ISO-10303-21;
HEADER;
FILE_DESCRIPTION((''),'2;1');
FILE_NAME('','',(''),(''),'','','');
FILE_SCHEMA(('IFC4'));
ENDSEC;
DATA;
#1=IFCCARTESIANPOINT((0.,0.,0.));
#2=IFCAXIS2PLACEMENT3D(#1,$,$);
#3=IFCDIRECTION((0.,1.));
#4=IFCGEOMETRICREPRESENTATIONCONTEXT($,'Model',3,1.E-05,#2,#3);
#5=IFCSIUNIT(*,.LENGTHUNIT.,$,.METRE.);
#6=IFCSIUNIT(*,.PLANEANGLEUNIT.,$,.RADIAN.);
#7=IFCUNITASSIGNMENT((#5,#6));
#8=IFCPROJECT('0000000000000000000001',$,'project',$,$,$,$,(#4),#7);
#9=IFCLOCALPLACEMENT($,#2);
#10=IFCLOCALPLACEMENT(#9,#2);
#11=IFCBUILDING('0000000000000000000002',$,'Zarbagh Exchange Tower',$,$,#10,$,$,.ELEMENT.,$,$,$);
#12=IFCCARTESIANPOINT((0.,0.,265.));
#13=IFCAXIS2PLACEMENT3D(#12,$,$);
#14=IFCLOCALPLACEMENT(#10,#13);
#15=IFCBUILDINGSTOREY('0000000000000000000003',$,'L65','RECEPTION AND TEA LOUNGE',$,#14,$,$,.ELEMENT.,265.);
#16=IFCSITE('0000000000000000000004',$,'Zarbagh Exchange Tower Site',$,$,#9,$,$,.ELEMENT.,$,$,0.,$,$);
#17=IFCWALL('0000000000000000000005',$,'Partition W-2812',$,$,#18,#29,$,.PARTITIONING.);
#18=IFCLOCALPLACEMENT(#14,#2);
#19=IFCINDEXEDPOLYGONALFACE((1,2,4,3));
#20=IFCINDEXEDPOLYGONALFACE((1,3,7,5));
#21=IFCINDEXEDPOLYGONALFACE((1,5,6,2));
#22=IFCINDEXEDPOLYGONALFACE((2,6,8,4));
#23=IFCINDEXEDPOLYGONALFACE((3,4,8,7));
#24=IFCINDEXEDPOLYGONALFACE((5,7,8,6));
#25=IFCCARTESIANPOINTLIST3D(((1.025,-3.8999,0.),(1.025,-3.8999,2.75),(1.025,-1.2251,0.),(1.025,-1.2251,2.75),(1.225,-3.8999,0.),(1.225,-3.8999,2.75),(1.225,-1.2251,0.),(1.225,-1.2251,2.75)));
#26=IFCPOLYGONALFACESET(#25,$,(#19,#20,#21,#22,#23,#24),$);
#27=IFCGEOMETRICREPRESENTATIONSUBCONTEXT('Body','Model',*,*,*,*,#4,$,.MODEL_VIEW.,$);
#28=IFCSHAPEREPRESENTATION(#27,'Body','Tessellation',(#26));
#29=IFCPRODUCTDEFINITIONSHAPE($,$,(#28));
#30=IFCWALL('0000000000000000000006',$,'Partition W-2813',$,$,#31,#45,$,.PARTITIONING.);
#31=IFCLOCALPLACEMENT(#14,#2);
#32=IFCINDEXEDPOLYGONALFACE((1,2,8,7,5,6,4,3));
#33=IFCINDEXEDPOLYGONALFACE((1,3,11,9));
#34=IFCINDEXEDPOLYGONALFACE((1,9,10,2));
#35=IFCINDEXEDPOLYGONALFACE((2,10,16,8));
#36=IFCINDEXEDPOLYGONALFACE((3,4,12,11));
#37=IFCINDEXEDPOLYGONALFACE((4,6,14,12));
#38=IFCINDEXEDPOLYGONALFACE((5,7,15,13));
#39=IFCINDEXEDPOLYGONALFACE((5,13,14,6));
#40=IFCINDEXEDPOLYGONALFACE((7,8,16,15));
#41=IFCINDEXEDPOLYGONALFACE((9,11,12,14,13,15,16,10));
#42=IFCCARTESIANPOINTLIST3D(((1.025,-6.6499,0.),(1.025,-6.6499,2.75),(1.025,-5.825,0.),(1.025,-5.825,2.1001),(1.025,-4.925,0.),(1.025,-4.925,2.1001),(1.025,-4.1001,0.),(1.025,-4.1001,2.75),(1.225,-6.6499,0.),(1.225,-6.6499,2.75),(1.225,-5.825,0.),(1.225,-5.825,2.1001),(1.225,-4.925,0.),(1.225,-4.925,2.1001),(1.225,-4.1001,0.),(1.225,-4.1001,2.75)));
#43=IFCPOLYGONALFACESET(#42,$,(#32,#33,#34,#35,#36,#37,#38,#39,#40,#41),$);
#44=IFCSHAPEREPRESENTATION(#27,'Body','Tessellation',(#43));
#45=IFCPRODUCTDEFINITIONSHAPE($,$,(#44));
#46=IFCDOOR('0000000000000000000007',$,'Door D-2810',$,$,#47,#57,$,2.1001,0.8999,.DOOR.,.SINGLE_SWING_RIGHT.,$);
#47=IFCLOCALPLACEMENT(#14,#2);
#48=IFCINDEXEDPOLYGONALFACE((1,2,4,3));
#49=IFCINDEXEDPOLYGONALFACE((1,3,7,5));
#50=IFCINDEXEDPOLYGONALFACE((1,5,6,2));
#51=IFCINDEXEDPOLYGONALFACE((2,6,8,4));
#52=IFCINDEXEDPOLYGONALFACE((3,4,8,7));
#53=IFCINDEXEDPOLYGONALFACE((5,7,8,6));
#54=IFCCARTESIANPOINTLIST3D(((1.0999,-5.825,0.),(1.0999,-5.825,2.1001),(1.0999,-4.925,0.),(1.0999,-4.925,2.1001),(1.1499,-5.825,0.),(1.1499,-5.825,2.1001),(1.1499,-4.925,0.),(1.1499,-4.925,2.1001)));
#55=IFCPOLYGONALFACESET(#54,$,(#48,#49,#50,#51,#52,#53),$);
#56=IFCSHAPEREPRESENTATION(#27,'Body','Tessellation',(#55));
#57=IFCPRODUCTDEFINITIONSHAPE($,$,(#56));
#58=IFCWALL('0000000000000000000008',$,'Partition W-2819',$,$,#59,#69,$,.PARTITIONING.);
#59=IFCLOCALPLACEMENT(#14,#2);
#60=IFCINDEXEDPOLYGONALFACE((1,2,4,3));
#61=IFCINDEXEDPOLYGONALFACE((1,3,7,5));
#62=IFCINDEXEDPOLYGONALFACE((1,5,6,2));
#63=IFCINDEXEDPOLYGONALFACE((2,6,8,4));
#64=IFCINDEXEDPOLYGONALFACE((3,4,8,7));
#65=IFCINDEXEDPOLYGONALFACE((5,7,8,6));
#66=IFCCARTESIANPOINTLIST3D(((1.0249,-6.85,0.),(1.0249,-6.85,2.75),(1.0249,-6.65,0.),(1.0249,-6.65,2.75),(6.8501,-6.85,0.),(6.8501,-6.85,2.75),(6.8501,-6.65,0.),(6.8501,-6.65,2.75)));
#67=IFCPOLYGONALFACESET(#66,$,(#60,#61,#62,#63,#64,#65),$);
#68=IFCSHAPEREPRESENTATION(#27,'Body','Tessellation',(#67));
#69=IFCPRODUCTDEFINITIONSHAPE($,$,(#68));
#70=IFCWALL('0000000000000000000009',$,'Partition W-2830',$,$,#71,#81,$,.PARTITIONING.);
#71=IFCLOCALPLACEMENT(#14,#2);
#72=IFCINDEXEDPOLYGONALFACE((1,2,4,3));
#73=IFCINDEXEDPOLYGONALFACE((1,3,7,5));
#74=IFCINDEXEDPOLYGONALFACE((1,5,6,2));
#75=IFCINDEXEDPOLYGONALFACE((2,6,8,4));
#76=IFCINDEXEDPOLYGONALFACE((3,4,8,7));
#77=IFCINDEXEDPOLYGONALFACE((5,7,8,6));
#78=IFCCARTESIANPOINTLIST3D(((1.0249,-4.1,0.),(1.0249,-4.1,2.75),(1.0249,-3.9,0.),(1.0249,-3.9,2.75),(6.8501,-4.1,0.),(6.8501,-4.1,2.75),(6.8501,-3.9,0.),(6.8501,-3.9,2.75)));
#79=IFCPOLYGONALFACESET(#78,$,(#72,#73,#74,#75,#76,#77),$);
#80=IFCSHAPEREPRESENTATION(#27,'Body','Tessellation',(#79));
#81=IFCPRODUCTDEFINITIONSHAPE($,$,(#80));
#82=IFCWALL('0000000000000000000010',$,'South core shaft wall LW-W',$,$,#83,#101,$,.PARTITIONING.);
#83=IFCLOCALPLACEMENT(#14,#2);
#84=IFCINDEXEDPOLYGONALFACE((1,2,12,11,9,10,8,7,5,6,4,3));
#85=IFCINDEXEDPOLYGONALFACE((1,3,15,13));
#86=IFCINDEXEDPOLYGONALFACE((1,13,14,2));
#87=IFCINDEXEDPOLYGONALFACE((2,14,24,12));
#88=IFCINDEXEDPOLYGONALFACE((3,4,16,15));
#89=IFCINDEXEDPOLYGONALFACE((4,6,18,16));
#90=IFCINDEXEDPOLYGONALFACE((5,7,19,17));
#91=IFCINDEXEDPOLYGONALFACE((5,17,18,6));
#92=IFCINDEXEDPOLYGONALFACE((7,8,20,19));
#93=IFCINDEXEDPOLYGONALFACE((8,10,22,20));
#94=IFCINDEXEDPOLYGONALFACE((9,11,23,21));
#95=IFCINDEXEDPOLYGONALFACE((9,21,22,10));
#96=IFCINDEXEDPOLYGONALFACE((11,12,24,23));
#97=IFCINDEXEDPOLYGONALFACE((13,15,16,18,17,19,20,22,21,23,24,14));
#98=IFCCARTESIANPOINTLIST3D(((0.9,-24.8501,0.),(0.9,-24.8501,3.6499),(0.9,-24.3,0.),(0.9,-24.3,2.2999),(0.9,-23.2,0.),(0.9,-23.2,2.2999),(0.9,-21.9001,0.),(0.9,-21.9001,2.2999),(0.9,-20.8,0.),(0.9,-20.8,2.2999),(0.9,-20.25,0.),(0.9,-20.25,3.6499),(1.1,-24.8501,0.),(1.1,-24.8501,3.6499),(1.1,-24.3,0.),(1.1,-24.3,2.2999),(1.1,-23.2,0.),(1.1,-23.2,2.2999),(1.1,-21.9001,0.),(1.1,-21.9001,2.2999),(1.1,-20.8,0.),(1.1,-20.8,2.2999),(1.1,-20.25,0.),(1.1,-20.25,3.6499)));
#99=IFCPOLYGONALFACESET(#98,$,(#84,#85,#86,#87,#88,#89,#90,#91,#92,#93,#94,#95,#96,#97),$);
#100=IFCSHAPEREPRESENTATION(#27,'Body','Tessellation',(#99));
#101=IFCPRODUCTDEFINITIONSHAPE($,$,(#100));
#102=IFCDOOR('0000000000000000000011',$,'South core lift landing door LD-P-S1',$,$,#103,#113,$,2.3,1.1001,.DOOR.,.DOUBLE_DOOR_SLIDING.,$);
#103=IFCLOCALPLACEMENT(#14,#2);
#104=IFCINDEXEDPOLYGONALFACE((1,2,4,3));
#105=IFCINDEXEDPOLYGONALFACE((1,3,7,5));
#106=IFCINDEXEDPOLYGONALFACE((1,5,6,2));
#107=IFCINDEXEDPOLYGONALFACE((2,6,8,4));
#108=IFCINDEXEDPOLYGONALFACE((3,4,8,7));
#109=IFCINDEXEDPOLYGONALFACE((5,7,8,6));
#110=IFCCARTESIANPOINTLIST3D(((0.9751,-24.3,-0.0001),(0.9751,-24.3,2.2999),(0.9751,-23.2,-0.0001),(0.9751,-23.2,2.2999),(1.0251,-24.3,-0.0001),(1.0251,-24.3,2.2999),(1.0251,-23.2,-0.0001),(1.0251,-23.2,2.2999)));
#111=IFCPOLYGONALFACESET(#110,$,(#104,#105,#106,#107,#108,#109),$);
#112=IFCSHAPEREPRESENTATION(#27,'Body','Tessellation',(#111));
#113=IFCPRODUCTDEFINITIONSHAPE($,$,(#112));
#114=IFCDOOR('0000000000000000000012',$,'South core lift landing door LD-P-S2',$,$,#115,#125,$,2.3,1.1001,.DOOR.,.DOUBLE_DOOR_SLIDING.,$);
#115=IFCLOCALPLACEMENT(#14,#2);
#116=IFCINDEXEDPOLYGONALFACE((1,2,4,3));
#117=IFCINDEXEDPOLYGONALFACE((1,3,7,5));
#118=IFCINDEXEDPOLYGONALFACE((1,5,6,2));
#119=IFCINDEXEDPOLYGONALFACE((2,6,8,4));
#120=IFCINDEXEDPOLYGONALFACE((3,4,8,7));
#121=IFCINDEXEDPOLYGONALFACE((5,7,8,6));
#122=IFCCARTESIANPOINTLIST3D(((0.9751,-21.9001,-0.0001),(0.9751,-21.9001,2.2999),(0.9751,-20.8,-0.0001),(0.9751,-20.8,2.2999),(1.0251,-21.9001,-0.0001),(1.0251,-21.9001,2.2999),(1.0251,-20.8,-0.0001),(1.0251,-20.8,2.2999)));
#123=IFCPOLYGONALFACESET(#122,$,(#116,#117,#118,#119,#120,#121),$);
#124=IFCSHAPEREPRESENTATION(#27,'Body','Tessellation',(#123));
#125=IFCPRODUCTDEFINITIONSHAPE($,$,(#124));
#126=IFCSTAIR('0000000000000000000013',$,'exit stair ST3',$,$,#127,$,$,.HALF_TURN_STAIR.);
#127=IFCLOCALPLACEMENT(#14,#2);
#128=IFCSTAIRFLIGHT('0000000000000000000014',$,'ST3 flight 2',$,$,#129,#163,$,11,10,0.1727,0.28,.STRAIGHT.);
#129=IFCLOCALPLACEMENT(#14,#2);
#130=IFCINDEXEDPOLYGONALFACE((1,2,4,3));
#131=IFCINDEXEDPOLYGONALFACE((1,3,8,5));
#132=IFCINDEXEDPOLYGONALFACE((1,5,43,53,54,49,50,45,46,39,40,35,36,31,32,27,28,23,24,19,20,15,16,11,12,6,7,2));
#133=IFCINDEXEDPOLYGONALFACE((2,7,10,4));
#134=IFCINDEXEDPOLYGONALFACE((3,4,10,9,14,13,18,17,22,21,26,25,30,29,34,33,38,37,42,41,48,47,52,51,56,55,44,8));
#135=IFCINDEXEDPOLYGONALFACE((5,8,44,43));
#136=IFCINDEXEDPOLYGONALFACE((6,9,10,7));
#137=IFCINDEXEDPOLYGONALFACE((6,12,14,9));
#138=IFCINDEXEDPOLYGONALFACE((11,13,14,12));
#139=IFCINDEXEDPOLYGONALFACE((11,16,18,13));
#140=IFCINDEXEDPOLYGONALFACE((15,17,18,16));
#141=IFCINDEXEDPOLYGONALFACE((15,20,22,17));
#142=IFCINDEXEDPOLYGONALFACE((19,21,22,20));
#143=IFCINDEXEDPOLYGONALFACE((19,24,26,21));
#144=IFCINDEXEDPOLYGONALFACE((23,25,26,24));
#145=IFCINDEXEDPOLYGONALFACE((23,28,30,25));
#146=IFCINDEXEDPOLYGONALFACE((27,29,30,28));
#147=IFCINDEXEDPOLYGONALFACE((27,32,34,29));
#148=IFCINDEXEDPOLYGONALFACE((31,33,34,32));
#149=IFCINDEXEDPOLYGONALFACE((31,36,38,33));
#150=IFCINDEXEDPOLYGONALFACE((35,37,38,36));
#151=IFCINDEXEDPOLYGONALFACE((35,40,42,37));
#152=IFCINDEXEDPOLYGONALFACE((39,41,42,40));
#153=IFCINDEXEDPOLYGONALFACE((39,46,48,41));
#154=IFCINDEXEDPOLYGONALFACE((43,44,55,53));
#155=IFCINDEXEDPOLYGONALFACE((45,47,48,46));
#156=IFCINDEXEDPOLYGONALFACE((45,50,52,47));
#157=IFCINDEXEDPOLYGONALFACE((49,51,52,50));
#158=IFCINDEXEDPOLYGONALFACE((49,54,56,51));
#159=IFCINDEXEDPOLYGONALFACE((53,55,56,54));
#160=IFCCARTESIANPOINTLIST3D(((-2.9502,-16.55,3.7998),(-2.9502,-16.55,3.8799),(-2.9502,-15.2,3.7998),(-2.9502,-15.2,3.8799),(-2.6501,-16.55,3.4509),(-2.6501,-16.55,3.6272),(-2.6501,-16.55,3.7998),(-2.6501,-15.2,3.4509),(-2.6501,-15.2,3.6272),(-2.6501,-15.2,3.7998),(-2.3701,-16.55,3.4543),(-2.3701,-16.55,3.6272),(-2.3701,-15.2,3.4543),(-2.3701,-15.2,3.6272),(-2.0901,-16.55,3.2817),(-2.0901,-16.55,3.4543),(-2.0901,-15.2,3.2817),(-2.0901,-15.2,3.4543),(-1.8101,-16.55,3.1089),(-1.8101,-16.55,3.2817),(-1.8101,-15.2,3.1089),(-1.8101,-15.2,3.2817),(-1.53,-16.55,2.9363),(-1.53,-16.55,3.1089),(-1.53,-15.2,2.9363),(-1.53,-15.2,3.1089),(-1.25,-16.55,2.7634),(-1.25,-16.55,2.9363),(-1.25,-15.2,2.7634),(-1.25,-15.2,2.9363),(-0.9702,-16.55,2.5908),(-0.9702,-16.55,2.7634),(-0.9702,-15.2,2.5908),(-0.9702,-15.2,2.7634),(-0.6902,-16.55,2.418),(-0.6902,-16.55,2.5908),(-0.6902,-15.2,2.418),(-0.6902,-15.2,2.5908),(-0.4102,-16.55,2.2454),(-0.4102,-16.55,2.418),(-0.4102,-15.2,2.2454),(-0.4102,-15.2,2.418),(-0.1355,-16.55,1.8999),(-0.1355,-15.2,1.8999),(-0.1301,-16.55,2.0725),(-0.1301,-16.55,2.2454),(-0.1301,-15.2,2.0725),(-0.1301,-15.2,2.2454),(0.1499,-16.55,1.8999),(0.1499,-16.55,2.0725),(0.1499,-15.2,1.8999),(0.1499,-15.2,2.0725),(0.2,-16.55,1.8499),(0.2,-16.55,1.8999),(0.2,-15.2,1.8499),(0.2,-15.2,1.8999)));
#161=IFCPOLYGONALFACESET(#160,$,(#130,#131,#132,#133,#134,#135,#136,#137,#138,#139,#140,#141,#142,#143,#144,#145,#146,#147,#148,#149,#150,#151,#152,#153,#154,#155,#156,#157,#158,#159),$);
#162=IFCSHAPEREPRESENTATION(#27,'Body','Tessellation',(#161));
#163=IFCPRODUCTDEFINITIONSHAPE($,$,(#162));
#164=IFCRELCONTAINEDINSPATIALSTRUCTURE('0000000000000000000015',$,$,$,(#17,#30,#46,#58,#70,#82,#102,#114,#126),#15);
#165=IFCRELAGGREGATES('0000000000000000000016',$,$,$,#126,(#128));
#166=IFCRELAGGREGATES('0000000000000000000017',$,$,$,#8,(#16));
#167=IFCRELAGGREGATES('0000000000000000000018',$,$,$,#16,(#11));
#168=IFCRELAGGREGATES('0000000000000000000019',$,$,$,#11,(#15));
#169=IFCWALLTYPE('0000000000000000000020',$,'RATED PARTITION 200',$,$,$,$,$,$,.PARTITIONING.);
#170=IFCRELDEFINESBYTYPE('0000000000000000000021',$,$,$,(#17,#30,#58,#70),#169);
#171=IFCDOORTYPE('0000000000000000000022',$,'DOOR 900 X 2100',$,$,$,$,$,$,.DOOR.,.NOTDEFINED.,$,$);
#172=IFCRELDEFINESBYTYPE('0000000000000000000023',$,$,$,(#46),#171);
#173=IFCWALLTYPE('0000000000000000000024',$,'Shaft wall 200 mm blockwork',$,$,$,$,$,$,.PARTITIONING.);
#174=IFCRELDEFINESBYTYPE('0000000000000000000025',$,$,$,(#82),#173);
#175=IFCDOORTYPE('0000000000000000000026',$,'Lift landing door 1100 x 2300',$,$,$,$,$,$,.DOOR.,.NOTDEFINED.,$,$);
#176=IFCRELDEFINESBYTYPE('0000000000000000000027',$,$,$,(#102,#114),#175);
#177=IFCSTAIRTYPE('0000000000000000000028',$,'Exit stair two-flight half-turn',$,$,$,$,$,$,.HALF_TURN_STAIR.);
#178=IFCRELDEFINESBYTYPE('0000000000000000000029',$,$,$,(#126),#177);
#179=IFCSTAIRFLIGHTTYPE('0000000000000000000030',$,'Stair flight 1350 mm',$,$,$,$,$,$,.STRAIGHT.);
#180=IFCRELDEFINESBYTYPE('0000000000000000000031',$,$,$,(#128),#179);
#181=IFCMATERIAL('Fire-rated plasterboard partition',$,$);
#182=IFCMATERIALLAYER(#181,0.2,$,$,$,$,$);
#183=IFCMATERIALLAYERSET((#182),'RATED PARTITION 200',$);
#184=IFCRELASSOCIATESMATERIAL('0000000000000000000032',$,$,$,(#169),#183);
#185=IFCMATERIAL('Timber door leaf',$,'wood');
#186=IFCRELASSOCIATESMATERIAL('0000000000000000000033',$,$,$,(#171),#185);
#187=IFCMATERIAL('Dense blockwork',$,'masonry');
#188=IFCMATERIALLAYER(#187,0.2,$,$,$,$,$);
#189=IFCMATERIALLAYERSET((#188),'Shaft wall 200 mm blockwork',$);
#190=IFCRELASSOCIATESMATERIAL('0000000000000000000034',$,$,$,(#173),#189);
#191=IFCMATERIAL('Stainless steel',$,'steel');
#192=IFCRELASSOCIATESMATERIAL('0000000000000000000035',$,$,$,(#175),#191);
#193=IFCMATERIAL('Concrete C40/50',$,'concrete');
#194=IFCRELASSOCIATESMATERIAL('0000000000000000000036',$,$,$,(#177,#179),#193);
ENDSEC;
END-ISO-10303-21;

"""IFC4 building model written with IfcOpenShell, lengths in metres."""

from ifc_helpers import new_model, si_unit, direction, frame, frame_2d, origin, place, context, subcontext, project, spatial, polyline, rectangle, outline, extrude, material, layer, layer_set, type_object, element, fill, aggregate, save


model = new_model("IFC4")

# Units and contexts
model_context = context("Model", 3, precision=1e-05, world=origin(), true_north=direction((0.0, 1.0)))
body_context = subcontext(model_context, "Body", "Model", "MODEL_VIEW")
ifc_project = project(units=[si_unit("LENGTHUNIT", "METRE"), si_unit("PLANEANGLEUNIT", "RADIAN")], contexts=[model_context])

# Site, building, storey
site_placement = place(None, origin())
site = spatial("IfcSite", under=ifc_project, at=site_placement, Name="Zarbagh Exchange Tower Site", CompositionType="ELEMENT", RefElevation=0.0)
building_placement = place(site_placement, origin())
building = spatial("IfcBuilding", under=site, at=building_placement, Name="Zarbagh Exchange Tower", CompositionType="ELEMENT")
storey_placement = place(building_placement, frame((0.0, 0.0, 265.0)))
storey = spatial("IfcBuildingStorey", under=building, at=storey_placement, Name="L65", Description="RECEPTION AND TEA LOUNGE", CompositionType="ELEMENT", Elevation=265.0)

# Wall
ifc_material_1 = material(Name="Fire-rated plasterboard partition")
ifc_layer_1 = layer(ifc_material_1, 0.2)
ifc_layer_set_1 = layer_set([ifc_layer_1], Name="RATED PARTITION 200")
wall_type_1 = type_object("IfcWallType", Name="RATED PARTITION 200", PredefinedType="PARTITIONING", material=ifc_layer_set_1)
wall_1_placement = place(storey_placement, frame((1.125, -3.8999, 0.0), z_axis=(0.0, 0.0, 1.0), x_axis=(0.0, 1.0, 0.0)))
element("IfcWall", 1, at=wall_1_placement, inside=storey, type_object=wall_type_1, Name="Partition W-2812", PredefinedType="PARTITIONING", context=body_context, shape_type="SweptSolid", body=[
    extrude(rectangle(XDim=2.6748, YDim=0.2, at=frame_2d((1.3374, 0.0))), origin(), (0.0, 0.0, 1.0), 2.75),
])

# Wall, opening, door
wall_2_placement = place(storey_placement, frame((1.125, -4.1001, 0.0), z_axis=(0.0, 0.0, 1.0), x_axis=(0.0, -1.0, 0.0)))
wall_2 = element("IfcWall", 2, at=wall_2_placement, inside=storey, type_object=wall_type_1, Name="Partition W-2813", PredefinedType="PARTITIONING", context=body_context, shape_type="SweptSolid", body=[
    extrude(rectangle(XDim=2.5498, YDim=0.2, at=frame_2d((1.2749, 0.0))), origin(), (0.0, 0.0, 1.0), 2.75),
])
opening_1_placement = place(wall_2_placement, frame((0.825, 0.0, 0.0)))
opening_1 = element("IfcOpeningElement", 3, at=opening_1_placement, cuts=wall_2, PredefinedType="OPENING", context=body_context, shape_type="SweptSolid", body=[
    extrude(rectangle(XDim=0.8999, YDim=2.1001, at=frame_2d((0.45, 1.05))), frame((0.0, 0.1099, 0.0), z_axis=(0.0, -1.0, 0.0), x_axis=(1.0, 0.0, 0.0)), (0.0, 0.0, 1.0), 0.22),
])
ifc_material_2 = material(Name="Timber door leaf", Category="wood")
door_type_1 = type_object("IfcDoorType", Name="DOOR 900 X 2100", OperationType="NOTDEFINED", PredefinedType="DOOR", material=ifc_material_2)
door_1_placement = place(opening_1_placement, origin())
door_1 = element("IfcDoor", 4, at=door_1_placement, inside=storey, type_object=door_type_1, Name="Door D-2810", OperationType="SINGLE_SWING_RIGHT", OverallHeight=2.1001, OverallWidth=0.8999, PredefinedType="DOOR", context=body_context, shape_type="SweptSolid", body=[
    extrude(rectangle(XDim=0.8999, YDim=2.1001, at=frame_2d((0.45, 1.05))), frame((0.0, 0.0249, 0.0), z_axis=(0.0, -1.0, 0.0), x_axis=(1.0, 0.0, 0.0)), (0.0, 0.0, 1.0), 0.05),
])
fill(opening_1, door_1)

# Walls
for number, where, z_axis, x_axis, name in (
    (5, (1.0249, -6.75, 0.0), (0.0, 0.0, 1.0), (1.0, 0.0, 0.0), "Partition W-2819"),
    (6, (1.0249, -4.0, 0.0), (0.0, 0.0, 1.0), (1.0, 0.0, 0.0), "Partition W-2830"),
):
    element("IfcWall", number, at=place(storey_placement, frame(where, z_axis=z_axis, x_axis=x_axis)), inside=storey, type_object=wall_type_1, Name=name, PredefinedType="PARTITIONING", context=body_context, shape_type="SweptSolid", body=[
        extrude(rectangle(XDim=5.8252, YDim=0.2, at=frame_2d((2.9126, 0.0))), origin(), (0.0, 0.0, 1.0), 2.75),
    ])

# Wall, openings, doors
ifc_material_3 = material(Name="Dense blockwork", Category="masonry")
ifc_layer_2 = layer(ifc_material_3, 0.2)
ifc_layer_set_2 = layer_set([ifc_layer_2], Name="Shaft wall 200 mm blockwork")
wall_type_2 = type_object("IfcWallType", Name="Shaft wall 200 mm blockwork", PredefinedType="PARTITIONING", material=ifc_layer_set_2)
wall_3_placement = place(storey_placement, frame((1.0, -24.8501, 0.0), z_axis=(0.0, 0.0, 1.0), x_axis=(0.0, 1.0, 0.0)))
wall_3 = element("IfcWall", 7, at=wall_3_placement, inside=storey, type_object=wall_type_2, Name="South core shaft wall LW-W", PredefinedType="PARTITIONING", context=body_context, shape_type="SweptSolid", body=[
    extrude(rectangle(XDim=4.6001, YDim=0.2, at=frame_2d((2.3, 0.0))), origin(), (0.0, 0.0, 1.0), 3.6499),
])
opening_2_placement = place(wall_3_placement, frame((0.55, 0.0, 0.0)))
opening_2 = element("IfcOpeningElement", 8, at=opening_2_placement, cuts=wall_3, PredefinedType="OPENING", context=body_context, shape_type="SweptSolid", body=[
    extrude(rectangle(XDim=1.1001, YDim=2.3, at=frame_2d((0.55, 1.1499))), frame((0.0, 0.1099, 0.0), z_axis=(0.0, -1.0, 0.0), x_axis=(1.0, 0.0, 0.0)), (0.0, 0.0, 1.0), 0.22),
])
opening_3_placement = place(wall_3_placement, frame((2.95, 0.0, 0.0)))
opening_3 = element("IfcOpeningElement", 9, at=opening_3_placement, cuts=wall_3, PredefinedType="OPENING", context=body_context, shape_type="SweptSolid", body=[
    extrude(rectangle(XDim=1.1001, YDim=2.3, at=frame_2d((0.55, 1.1499))), frame((0.0, 0.1099, 0.0), z_axis=(0.0, -1.0, 0.0), x_axis=(1.0, 0.0, 0.0)), (0.0, 0.0, 1.0), 0.22),
])
ifc_material_4 = material(Name="Stainless steel", Category="steel")
door_type_2 = type_object("IfcDoorType", Name="Lift landing door 1100 x 2300", OperationType="NOTDEFINED", PredefinedType="DOOR", material=ifc_material_4)
door_2_placement = place(opening_2_placement, origin())
door_2 = element("IfcDoor", 10, at=door_2_placement, inside=storey, type_object=door_type_2, Name="South core lift landing door LD-P-S1", OperationType="DOUBLE_DOOR_SLIDING", OverallHeight=2.3, OverallWidth=1.1001, PredefinedType="DOOR", context=body_context, shape_type="SweptSolid", body=[
    extrude(rectangle(XDim=1.1001, YDim=2.3, at=frame_2d((0.55, 1.1499))), frame((0.0, 0.0249, 0.0), z_axis=(0.0, -1.0, 0.0), x_axis=(1.0, 0.0, 0.0)), (0.0, 0.0, 1.0), 0.05),
])
fill(opening_2, door_2)
door_3_placement = place(opening_3_placement, origin())
door_3 = element("IfcDoor", 11, at=door_3_placement, inside=storey, type_object=door_type_2, Name="South core lift landing door LD-P-S2", OperationType="DOUBLE_DOOR_SLIDING", OverallHeight=2.3, OverallWidth=1.1001, PredefinedType="DOOR", context=body_context, shape_type="SweptSolid", body=[
    extrude(rectangle(XDim=1.1001, YDim=2.3, at=frame_2d((0.55, 1.1499))), frame((0.0, 0.0249, 0.0), z_axis=(0.0, -1.0, 0.0), x_axis=(1.0, 0.0, 0.0)), (0.0, 0.0, 1.0), 0.05),
])
fill(opening_3, door_3)

# Stair, stair flight
ifc_material_5 = material(Name="Concrete C40/50", Category="concrete")
stair_type = type_object("IfcStairType", Name="Exit stair two-flight half-turn", PredefinedType="HALF_TURN_STAIR", material=ifc_material_5)
stair_1_placement = place(storey_placement, origin())
stair_1 = element("IfcStair", 12, at=stair_1_placement, inside=storey, type_object=stair_type, Name="exit stair ST3", PredefinedType="HALF_TURN_STAIR")
stair_flight_type_1 = type_object("IfcStairFlightType", Name="Stair flight 1350 mm", PredefinedType="STRAIGHT", material=ifc_material_5)
stair_flight_1_placement = place(storey_placement, frame((0.1499, -15.875, 1.8999), z_axis=(0.0, 0.0, 1.0), x_axis=(-1.0, 0.0, 0.0)))
stair_flight_1 = element("IfcStairFlight", 13, at=stair_flight_1_placement, type_object=stair_flight_type_1, Name="ST3 flight 2", NumberOfRisers=11, NumberOfTreads=10, PredefinedType="STRAIGHT", RiserHeight=0.1727, TreadLength=0.28, context=body_context, shape_type="SweptSolid", body=[
    extrude(outline(polyline([(-0.05, -0.05), (-0.05, 0.0), (0.0, 0.0), (0.0, 0.1726), (0.28, 0.1726), (0.28, 0.3455), (0.5601, 0.3455), (0.5601, 0.5181), (0.8401, 0.5181), (0.8401, 0.6909), (1.1201, 0.6909), (1.1201, 0.8635), (1.3999, 0.8635), (1.3999, 1.0364), (1.6799, 1.0364), (1.6799, 1.209), (1.96, 1.209), (1.96, 1.3818), (2.24, 1.3818), (2.24, 1.5544), (2.52, 1.5544), (2.52, 1.7273), (2.8, 1.7273), (2.8, 1.8999), (3.1001, 1.98), (3.1001, 1.8999), (2.8, 1.551), (0.2854, 0.0), (-0.05, -0.05)])), frame((0.0, 0.675, 0.0), z_axis=(0.0, -1.0, 0.0), x_axis=(1.0, 0.0, 0.0)), (0.0, 0.0, 1.0), 1.3501),
])
aggregate(stair_1, [stair_flight_1])

save(model, "model.ifc")
